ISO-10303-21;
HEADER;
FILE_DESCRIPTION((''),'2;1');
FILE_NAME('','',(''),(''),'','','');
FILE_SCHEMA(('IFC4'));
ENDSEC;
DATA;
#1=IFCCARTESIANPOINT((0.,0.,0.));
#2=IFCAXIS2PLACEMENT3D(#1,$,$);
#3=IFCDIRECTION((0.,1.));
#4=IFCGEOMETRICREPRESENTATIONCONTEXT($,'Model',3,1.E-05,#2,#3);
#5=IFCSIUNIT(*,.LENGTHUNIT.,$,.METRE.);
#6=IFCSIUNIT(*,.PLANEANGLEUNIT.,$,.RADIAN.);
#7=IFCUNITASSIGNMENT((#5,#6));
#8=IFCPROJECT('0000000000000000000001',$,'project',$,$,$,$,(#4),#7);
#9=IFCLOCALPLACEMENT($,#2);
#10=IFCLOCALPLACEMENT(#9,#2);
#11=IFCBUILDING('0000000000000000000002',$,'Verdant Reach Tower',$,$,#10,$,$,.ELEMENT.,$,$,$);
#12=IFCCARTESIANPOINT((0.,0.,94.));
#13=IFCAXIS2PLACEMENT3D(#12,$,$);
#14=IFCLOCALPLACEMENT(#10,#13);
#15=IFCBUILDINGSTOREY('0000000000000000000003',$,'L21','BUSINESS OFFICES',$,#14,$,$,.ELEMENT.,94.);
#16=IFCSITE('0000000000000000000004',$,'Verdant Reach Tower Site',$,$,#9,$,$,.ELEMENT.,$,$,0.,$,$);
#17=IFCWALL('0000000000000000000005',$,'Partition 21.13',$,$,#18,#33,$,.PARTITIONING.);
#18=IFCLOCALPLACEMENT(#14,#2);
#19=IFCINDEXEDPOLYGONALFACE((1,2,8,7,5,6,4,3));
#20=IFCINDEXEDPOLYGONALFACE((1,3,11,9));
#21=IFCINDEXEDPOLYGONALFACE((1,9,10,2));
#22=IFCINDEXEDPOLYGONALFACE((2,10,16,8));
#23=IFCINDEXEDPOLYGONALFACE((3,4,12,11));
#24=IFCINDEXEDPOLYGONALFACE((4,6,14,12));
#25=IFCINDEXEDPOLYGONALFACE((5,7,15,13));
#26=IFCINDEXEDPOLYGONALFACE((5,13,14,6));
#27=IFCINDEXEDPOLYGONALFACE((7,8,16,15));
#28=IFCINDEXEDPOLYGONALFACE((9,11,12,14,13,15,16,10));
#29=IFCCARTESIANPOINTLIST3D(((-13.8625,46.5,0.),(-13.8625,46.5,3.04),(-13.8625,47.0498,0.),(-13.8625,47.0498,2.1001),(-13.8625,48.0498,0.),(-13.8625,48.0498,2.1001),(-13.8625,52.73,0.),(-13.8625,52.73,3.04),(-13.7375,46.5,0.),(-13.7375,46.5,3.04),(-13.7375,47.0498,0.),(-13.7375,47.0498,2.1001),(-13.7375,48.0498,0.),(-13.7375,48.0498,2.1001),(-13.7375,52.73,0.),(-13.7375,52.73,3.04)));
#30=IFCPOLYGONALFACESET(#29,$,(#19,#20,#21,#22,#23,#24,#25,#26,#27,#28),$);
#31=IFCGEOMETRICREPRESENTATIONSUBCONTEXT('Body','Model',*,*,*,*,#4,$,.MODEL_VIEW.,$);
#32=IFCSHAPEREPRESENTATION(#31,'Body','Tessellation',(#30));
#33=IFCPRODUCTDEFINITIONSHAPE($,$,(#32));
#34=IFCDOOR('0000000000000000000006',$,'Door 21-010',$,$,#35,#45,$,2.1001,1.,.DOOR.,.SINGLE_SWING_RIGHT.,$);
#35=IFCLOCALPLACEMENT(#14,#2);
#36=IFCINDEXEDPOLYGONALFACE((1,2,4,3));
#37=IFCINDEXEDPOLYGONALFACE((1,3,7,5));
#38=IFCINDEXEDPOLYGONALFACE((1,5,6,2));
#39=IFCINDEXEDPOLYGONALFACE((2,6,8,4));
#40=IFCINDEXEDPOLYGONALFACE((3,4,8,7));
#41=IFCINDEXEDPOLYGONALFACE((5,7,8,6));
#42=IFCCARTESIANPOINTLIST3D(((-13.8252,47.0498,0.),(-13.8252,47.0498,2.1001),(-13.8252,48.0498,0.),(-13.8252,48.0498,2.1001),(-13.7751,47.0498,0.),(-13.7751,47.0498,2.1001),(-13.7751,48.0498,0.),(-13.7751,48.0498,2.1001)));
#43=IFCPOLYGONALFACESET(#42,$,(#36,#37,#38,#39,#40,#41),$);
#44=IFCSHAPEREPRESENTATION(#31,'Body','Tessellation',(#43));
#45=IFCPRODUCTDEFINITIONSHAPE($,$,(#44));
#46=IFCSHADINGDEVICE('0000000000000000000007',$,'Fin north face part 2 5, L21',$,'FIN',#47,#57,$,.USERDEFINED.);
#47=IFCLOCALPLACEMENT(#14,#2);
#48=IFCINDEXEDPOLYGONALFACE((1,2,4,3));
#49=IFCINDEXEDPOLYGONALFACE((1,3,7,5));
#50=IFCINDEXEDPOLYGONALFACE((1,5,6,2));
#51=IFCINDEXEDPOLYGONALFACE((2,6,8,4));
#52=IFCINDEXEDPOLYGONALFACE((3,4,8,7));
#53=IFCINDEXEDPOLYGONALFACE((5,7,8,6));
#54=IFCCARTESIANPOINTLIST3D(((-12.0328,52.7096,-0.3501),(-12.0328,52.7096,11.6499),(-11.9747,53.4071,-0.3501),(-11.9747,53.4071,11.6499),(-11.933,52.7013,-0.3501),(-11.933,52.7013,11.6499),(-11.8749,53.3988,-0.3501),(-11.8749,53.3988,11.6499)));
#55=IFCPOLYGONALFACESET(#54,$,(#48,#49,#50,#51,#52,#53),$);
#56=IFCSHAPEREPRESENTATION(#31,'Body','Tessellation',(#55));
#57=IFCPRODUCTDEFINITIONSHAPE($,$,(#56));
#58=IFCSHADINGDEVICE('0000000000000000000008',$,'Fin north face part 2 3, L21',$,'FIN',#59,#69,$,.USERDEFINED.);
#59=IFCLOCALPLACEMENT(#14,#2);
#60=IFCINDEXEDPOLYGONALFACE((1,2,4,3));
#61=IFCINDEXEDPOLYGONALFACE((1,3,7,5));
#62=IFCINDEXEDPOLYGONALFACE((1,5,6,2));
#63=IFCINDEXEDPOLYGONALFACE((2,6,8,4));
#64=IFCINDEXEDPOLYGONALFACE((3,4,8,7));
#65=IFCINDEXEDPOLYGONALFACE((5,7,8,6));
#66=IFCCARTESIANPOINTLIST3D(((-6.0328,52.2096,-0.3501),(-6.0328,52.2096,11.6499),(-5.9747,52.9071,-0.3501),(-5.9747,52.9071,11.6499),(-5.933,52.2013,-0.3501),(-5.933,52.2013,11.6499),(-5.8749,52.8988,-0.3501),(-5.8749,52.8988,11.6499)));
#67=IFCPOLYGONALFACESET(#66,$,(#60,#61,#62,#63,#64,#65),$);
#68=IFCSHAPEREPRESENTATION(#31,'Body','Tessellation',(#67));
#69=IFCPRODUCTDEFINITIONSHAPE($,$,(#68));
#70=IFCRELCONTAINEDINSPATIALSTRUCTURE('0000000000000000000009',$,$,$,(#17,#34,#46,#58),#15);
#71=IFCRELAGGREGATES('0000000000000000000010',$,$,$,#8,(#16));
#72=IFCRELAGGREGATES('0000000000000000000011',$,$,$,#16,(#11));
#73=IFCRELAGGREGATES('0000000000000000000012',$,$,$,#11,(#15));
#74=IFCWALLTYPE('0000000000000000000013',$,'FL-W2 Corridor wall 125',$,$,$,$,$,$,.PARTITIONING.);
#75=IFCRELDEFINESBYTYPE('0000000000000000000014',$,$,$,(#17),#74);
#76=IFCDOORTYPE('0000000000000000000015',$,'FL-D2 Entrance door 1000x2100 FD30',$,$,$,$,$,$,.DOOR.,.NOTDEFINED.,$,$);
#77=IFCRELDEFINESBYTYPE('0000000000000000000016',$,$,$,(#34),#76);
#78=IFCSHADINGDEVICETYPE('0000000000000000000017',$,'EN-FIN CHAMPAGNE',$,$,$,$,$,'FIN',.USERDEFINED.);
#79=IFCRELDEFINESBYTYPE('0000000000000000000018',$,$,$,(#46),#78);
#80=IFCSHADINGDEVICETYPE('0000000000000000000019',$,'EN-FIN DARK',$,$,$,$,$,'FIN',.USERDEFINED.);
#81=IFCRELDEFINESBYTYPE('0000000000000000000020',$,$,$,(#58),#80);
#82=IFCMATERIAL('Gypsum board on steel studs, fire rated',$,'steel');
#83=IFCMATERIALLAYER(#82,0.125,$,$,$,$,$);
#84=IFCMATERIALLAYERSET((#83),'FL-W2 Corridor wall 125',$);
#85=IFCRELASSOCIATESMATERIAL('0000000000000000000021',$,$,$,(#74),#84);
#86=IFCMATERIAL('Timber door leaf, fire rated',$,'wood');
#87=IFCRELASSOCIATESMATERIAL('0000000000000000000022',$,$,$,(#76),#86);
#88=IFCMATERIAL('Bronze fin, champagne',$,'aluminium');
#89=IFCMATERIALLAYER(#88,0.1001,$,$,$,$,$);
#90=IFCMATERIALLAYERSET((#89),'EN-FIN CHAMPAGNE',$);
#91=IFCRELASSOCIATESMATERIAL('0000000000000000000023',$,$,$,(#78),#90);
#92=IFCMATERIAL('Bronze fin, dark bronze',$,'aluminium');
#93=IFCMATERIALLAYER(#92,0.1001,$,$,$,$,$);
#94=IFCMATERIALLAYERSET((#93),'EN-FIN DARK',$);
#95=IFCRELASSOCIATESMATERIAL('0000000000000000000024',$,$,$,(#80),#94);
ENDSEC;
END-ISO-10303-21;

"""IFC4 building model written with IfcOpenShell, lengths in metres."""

from ifc_helpers import new_model, si_unit, direction, frame, frame_2d, origin, origin_2d, place, context, subcontext, project, spatial, rectangle, extrude, material, layer, layer_set, type_object, element, fill, save


model = new_model("IFC4")

# Units and contexts
model_context = context("Model", 3, precision=1e-05, world=origin(), true_north=direction((0.0, 1.0)))
body_context = subcontext(model_context, "Body", "Model", "MODEL_VIEW")
ifc_project = project(units=[si_unit("LENGTHUNIT", "METRE"), si_unit("PLANEANGLEUNIT", "RADIAN")], contexts=[model_context])

# Site, building, storey
site_placement = place(None, origin())
site = spatial("IfcSite", under=ifc_project, at=site_placement, Name="Verdant Reach Tower Site", CompositionType="ELEMENT", RefElevation=0.0)
building_placement = place(site_placement, origin())
building = spatial("IfcBuilding", under=site, at=building_placement, Name="Verdant Reach Tower", CompositionType="ELEMENT")
storey_placement = place(building_placement, frame((0.0, 0.0, 94.0)))
storey = spatial("IfcBuildingStorey", under=building, at=storey_placement, Name="L21", Description="BUSINESS OFFICES", CompositionType="ELEMENT", Elevation=94.0)

# Shared definitions
ifc_material_1 = material(Name="Gypsum board on steel studs, fire rated", Category="steel")
ifc_layer_1 = layer(ifc_material_1, 0.125)
ifc_layer_set_1 = layer_set([ifc_layer_1], Name="FL-W2 Corridor wall 125")
wall_type_1 = type_object("IfcWallType", Name="FL-W2 Corridor wall 125", PredefinedType="PARTITIONING", material=ifc_layer_set_1)
ifc_material_2 = material(Name="Timber door leaf, fire rated", Category="wood")
door_type_1 = type_object("IfcDoorType", Name="FL-D2 Entrance door 1000x2100 FD30", OperationType="NOTDEFINED", PredefinedType="DOOR", material=ifc_material_2)

# Wall, opening, door
wall_1_placement = place(storey_placement, frame((-13.8, 52.73, 0.0), z_axis=(0.0, 0.0, 1.0), x_axis=(0.0, -1.0, 0.0)))
wall_1 = element("IfcWall", 1, at=wall_1_placement, inside=storey, type_object=wall_type_1, Name="Partition 21.13", PredefinedType="PARTITIONING", context=body_context, shape_type="SweptSolid", body=[
    extrude(rectangle(XDim=6.23, YDim=0.125, at=frame_2d((3.115, 0.0))), origin(), (0.0, 0.0, 1.0), 3.04),
])
opening_1_placement = place(wall_1_placement, frame((4.6802, 0.0, 0.0)))
opening_1 = element("IfcOpeningElement", 2, at=opening_1_placement, cuts=wall_1, PredefinedType="OPENING", context=body_context, shape_type="SweptSolid", body=[
    extrude(rectangle(XDim=1.0, YDim=2.1001, at=frame_2d((0.5, 1.05))), frame((0.0, 0.0725, 0.0), z_axis=(0.0, -1.0, 0.0), x_axis=(1.0, 0.0, 0.0)), (0.0, 0.0, 1.0), 0.145),
])
door_1_placement = place(opening_1_placement, origin())
door_1 = element("IfcDoor", 3, at=door_1_placement, inside=storey, type_object=door_type_1, Name="Door 21-010", OperationType="SINGLE_SWING_RIGHT", OverallHeight=2.1001, OverallWidth=1.0, PredefinedType="DOOR", context=body_context, shape_type="SweptSolid", body=[
    extrude(rectangle(XDim=1.0, YDim=2.1001, at=frame_2d((0.5, 1.05))), frame((0.0, 0.0249, 0.0), z_axis=(0.0, -1.0, 0.0), x_axis=(1.0, 0.0, 0.0)), (0.0, 0.0, 1.0), 0.05),
])
fill(opening_1, door_1)

# Shading devices
ifc_material_3 = material(Name="Bronze fin, champagne", Category="aluminium")
ifc_layer_2 = layer(ifc_material_3, 0.1001)
ifc_layer_set_2 = layer_set([ifc_layer_2], Name="EN-FIN CHAMPAGNE")
shading_device_type_1 = type_object("IfcShadingDeviceType", Name="EN-FIN CHAMPAGNE", ElementType="FIN", PredefinedType="USERDEFINED", material=ifc_layer_set_2)
shading_device_1_placement = place(storey_placement, frame((-11.9539, 53.0542, -0.3501), z_axis=(0.0, 0.0, 1.0), x_axis=(-0.996546, 0.083045, 0.0)))
element("IfcShadingDevice", 4, at=shading_device_1_placement, inside=storey, type_object=shading_device_type_1, Name="Fin north face part 2 5, L21", ObjectType="FIN", PredefinedType="USERDEFINED", context=body_context, shape_type="SweptSolid", body=[
    extrude(rectangle(XDim=0.1001, YDim=0.7, at=origin_2d()), origin(), (0.0, 0.0, 1.0), 12.0),
])
ifc_material_4 = material(Name="Bronze fin, dark bronze", Category="aluminium")
ifc_layer_3 = layer(ifc_material_4, 0.1001)
ifc_layer_set_3 = layer_set([ifc_layer_3], Name="EN-FIN DARK")
shading_device_type_2 = type_object("IfcShadingDeviceType", Name="EN-FIN DARK", ElementType="FIN", PredefinedType="USERDEFINED", material=ifc_layer_set_3)
shading_device_2_placement = place(storey_placement, frame((-5.9539, 52.5542, -0.3501), z_axis=(0.0, 0.0, 1.0), x_axis=(-0.996546, 0.083045, 0.0)))
element("IfcShadingDevice", 5, at=shading_device_2_placement, inside=storey, type_object=shading_device_type_2, Name="Fin north face part 2 3, L21", ObjectType="FIN", PredefinedType="USERDEFINED", context=body_context, shape_type="SweptSolid", body=[
    extrude(rectangle(XDim=0.1001, YDim=0.7, at=origin_2d()), origin(), (0.0, 0.0, 1.0), 12.0),
])

save(model, "model.ifc")
